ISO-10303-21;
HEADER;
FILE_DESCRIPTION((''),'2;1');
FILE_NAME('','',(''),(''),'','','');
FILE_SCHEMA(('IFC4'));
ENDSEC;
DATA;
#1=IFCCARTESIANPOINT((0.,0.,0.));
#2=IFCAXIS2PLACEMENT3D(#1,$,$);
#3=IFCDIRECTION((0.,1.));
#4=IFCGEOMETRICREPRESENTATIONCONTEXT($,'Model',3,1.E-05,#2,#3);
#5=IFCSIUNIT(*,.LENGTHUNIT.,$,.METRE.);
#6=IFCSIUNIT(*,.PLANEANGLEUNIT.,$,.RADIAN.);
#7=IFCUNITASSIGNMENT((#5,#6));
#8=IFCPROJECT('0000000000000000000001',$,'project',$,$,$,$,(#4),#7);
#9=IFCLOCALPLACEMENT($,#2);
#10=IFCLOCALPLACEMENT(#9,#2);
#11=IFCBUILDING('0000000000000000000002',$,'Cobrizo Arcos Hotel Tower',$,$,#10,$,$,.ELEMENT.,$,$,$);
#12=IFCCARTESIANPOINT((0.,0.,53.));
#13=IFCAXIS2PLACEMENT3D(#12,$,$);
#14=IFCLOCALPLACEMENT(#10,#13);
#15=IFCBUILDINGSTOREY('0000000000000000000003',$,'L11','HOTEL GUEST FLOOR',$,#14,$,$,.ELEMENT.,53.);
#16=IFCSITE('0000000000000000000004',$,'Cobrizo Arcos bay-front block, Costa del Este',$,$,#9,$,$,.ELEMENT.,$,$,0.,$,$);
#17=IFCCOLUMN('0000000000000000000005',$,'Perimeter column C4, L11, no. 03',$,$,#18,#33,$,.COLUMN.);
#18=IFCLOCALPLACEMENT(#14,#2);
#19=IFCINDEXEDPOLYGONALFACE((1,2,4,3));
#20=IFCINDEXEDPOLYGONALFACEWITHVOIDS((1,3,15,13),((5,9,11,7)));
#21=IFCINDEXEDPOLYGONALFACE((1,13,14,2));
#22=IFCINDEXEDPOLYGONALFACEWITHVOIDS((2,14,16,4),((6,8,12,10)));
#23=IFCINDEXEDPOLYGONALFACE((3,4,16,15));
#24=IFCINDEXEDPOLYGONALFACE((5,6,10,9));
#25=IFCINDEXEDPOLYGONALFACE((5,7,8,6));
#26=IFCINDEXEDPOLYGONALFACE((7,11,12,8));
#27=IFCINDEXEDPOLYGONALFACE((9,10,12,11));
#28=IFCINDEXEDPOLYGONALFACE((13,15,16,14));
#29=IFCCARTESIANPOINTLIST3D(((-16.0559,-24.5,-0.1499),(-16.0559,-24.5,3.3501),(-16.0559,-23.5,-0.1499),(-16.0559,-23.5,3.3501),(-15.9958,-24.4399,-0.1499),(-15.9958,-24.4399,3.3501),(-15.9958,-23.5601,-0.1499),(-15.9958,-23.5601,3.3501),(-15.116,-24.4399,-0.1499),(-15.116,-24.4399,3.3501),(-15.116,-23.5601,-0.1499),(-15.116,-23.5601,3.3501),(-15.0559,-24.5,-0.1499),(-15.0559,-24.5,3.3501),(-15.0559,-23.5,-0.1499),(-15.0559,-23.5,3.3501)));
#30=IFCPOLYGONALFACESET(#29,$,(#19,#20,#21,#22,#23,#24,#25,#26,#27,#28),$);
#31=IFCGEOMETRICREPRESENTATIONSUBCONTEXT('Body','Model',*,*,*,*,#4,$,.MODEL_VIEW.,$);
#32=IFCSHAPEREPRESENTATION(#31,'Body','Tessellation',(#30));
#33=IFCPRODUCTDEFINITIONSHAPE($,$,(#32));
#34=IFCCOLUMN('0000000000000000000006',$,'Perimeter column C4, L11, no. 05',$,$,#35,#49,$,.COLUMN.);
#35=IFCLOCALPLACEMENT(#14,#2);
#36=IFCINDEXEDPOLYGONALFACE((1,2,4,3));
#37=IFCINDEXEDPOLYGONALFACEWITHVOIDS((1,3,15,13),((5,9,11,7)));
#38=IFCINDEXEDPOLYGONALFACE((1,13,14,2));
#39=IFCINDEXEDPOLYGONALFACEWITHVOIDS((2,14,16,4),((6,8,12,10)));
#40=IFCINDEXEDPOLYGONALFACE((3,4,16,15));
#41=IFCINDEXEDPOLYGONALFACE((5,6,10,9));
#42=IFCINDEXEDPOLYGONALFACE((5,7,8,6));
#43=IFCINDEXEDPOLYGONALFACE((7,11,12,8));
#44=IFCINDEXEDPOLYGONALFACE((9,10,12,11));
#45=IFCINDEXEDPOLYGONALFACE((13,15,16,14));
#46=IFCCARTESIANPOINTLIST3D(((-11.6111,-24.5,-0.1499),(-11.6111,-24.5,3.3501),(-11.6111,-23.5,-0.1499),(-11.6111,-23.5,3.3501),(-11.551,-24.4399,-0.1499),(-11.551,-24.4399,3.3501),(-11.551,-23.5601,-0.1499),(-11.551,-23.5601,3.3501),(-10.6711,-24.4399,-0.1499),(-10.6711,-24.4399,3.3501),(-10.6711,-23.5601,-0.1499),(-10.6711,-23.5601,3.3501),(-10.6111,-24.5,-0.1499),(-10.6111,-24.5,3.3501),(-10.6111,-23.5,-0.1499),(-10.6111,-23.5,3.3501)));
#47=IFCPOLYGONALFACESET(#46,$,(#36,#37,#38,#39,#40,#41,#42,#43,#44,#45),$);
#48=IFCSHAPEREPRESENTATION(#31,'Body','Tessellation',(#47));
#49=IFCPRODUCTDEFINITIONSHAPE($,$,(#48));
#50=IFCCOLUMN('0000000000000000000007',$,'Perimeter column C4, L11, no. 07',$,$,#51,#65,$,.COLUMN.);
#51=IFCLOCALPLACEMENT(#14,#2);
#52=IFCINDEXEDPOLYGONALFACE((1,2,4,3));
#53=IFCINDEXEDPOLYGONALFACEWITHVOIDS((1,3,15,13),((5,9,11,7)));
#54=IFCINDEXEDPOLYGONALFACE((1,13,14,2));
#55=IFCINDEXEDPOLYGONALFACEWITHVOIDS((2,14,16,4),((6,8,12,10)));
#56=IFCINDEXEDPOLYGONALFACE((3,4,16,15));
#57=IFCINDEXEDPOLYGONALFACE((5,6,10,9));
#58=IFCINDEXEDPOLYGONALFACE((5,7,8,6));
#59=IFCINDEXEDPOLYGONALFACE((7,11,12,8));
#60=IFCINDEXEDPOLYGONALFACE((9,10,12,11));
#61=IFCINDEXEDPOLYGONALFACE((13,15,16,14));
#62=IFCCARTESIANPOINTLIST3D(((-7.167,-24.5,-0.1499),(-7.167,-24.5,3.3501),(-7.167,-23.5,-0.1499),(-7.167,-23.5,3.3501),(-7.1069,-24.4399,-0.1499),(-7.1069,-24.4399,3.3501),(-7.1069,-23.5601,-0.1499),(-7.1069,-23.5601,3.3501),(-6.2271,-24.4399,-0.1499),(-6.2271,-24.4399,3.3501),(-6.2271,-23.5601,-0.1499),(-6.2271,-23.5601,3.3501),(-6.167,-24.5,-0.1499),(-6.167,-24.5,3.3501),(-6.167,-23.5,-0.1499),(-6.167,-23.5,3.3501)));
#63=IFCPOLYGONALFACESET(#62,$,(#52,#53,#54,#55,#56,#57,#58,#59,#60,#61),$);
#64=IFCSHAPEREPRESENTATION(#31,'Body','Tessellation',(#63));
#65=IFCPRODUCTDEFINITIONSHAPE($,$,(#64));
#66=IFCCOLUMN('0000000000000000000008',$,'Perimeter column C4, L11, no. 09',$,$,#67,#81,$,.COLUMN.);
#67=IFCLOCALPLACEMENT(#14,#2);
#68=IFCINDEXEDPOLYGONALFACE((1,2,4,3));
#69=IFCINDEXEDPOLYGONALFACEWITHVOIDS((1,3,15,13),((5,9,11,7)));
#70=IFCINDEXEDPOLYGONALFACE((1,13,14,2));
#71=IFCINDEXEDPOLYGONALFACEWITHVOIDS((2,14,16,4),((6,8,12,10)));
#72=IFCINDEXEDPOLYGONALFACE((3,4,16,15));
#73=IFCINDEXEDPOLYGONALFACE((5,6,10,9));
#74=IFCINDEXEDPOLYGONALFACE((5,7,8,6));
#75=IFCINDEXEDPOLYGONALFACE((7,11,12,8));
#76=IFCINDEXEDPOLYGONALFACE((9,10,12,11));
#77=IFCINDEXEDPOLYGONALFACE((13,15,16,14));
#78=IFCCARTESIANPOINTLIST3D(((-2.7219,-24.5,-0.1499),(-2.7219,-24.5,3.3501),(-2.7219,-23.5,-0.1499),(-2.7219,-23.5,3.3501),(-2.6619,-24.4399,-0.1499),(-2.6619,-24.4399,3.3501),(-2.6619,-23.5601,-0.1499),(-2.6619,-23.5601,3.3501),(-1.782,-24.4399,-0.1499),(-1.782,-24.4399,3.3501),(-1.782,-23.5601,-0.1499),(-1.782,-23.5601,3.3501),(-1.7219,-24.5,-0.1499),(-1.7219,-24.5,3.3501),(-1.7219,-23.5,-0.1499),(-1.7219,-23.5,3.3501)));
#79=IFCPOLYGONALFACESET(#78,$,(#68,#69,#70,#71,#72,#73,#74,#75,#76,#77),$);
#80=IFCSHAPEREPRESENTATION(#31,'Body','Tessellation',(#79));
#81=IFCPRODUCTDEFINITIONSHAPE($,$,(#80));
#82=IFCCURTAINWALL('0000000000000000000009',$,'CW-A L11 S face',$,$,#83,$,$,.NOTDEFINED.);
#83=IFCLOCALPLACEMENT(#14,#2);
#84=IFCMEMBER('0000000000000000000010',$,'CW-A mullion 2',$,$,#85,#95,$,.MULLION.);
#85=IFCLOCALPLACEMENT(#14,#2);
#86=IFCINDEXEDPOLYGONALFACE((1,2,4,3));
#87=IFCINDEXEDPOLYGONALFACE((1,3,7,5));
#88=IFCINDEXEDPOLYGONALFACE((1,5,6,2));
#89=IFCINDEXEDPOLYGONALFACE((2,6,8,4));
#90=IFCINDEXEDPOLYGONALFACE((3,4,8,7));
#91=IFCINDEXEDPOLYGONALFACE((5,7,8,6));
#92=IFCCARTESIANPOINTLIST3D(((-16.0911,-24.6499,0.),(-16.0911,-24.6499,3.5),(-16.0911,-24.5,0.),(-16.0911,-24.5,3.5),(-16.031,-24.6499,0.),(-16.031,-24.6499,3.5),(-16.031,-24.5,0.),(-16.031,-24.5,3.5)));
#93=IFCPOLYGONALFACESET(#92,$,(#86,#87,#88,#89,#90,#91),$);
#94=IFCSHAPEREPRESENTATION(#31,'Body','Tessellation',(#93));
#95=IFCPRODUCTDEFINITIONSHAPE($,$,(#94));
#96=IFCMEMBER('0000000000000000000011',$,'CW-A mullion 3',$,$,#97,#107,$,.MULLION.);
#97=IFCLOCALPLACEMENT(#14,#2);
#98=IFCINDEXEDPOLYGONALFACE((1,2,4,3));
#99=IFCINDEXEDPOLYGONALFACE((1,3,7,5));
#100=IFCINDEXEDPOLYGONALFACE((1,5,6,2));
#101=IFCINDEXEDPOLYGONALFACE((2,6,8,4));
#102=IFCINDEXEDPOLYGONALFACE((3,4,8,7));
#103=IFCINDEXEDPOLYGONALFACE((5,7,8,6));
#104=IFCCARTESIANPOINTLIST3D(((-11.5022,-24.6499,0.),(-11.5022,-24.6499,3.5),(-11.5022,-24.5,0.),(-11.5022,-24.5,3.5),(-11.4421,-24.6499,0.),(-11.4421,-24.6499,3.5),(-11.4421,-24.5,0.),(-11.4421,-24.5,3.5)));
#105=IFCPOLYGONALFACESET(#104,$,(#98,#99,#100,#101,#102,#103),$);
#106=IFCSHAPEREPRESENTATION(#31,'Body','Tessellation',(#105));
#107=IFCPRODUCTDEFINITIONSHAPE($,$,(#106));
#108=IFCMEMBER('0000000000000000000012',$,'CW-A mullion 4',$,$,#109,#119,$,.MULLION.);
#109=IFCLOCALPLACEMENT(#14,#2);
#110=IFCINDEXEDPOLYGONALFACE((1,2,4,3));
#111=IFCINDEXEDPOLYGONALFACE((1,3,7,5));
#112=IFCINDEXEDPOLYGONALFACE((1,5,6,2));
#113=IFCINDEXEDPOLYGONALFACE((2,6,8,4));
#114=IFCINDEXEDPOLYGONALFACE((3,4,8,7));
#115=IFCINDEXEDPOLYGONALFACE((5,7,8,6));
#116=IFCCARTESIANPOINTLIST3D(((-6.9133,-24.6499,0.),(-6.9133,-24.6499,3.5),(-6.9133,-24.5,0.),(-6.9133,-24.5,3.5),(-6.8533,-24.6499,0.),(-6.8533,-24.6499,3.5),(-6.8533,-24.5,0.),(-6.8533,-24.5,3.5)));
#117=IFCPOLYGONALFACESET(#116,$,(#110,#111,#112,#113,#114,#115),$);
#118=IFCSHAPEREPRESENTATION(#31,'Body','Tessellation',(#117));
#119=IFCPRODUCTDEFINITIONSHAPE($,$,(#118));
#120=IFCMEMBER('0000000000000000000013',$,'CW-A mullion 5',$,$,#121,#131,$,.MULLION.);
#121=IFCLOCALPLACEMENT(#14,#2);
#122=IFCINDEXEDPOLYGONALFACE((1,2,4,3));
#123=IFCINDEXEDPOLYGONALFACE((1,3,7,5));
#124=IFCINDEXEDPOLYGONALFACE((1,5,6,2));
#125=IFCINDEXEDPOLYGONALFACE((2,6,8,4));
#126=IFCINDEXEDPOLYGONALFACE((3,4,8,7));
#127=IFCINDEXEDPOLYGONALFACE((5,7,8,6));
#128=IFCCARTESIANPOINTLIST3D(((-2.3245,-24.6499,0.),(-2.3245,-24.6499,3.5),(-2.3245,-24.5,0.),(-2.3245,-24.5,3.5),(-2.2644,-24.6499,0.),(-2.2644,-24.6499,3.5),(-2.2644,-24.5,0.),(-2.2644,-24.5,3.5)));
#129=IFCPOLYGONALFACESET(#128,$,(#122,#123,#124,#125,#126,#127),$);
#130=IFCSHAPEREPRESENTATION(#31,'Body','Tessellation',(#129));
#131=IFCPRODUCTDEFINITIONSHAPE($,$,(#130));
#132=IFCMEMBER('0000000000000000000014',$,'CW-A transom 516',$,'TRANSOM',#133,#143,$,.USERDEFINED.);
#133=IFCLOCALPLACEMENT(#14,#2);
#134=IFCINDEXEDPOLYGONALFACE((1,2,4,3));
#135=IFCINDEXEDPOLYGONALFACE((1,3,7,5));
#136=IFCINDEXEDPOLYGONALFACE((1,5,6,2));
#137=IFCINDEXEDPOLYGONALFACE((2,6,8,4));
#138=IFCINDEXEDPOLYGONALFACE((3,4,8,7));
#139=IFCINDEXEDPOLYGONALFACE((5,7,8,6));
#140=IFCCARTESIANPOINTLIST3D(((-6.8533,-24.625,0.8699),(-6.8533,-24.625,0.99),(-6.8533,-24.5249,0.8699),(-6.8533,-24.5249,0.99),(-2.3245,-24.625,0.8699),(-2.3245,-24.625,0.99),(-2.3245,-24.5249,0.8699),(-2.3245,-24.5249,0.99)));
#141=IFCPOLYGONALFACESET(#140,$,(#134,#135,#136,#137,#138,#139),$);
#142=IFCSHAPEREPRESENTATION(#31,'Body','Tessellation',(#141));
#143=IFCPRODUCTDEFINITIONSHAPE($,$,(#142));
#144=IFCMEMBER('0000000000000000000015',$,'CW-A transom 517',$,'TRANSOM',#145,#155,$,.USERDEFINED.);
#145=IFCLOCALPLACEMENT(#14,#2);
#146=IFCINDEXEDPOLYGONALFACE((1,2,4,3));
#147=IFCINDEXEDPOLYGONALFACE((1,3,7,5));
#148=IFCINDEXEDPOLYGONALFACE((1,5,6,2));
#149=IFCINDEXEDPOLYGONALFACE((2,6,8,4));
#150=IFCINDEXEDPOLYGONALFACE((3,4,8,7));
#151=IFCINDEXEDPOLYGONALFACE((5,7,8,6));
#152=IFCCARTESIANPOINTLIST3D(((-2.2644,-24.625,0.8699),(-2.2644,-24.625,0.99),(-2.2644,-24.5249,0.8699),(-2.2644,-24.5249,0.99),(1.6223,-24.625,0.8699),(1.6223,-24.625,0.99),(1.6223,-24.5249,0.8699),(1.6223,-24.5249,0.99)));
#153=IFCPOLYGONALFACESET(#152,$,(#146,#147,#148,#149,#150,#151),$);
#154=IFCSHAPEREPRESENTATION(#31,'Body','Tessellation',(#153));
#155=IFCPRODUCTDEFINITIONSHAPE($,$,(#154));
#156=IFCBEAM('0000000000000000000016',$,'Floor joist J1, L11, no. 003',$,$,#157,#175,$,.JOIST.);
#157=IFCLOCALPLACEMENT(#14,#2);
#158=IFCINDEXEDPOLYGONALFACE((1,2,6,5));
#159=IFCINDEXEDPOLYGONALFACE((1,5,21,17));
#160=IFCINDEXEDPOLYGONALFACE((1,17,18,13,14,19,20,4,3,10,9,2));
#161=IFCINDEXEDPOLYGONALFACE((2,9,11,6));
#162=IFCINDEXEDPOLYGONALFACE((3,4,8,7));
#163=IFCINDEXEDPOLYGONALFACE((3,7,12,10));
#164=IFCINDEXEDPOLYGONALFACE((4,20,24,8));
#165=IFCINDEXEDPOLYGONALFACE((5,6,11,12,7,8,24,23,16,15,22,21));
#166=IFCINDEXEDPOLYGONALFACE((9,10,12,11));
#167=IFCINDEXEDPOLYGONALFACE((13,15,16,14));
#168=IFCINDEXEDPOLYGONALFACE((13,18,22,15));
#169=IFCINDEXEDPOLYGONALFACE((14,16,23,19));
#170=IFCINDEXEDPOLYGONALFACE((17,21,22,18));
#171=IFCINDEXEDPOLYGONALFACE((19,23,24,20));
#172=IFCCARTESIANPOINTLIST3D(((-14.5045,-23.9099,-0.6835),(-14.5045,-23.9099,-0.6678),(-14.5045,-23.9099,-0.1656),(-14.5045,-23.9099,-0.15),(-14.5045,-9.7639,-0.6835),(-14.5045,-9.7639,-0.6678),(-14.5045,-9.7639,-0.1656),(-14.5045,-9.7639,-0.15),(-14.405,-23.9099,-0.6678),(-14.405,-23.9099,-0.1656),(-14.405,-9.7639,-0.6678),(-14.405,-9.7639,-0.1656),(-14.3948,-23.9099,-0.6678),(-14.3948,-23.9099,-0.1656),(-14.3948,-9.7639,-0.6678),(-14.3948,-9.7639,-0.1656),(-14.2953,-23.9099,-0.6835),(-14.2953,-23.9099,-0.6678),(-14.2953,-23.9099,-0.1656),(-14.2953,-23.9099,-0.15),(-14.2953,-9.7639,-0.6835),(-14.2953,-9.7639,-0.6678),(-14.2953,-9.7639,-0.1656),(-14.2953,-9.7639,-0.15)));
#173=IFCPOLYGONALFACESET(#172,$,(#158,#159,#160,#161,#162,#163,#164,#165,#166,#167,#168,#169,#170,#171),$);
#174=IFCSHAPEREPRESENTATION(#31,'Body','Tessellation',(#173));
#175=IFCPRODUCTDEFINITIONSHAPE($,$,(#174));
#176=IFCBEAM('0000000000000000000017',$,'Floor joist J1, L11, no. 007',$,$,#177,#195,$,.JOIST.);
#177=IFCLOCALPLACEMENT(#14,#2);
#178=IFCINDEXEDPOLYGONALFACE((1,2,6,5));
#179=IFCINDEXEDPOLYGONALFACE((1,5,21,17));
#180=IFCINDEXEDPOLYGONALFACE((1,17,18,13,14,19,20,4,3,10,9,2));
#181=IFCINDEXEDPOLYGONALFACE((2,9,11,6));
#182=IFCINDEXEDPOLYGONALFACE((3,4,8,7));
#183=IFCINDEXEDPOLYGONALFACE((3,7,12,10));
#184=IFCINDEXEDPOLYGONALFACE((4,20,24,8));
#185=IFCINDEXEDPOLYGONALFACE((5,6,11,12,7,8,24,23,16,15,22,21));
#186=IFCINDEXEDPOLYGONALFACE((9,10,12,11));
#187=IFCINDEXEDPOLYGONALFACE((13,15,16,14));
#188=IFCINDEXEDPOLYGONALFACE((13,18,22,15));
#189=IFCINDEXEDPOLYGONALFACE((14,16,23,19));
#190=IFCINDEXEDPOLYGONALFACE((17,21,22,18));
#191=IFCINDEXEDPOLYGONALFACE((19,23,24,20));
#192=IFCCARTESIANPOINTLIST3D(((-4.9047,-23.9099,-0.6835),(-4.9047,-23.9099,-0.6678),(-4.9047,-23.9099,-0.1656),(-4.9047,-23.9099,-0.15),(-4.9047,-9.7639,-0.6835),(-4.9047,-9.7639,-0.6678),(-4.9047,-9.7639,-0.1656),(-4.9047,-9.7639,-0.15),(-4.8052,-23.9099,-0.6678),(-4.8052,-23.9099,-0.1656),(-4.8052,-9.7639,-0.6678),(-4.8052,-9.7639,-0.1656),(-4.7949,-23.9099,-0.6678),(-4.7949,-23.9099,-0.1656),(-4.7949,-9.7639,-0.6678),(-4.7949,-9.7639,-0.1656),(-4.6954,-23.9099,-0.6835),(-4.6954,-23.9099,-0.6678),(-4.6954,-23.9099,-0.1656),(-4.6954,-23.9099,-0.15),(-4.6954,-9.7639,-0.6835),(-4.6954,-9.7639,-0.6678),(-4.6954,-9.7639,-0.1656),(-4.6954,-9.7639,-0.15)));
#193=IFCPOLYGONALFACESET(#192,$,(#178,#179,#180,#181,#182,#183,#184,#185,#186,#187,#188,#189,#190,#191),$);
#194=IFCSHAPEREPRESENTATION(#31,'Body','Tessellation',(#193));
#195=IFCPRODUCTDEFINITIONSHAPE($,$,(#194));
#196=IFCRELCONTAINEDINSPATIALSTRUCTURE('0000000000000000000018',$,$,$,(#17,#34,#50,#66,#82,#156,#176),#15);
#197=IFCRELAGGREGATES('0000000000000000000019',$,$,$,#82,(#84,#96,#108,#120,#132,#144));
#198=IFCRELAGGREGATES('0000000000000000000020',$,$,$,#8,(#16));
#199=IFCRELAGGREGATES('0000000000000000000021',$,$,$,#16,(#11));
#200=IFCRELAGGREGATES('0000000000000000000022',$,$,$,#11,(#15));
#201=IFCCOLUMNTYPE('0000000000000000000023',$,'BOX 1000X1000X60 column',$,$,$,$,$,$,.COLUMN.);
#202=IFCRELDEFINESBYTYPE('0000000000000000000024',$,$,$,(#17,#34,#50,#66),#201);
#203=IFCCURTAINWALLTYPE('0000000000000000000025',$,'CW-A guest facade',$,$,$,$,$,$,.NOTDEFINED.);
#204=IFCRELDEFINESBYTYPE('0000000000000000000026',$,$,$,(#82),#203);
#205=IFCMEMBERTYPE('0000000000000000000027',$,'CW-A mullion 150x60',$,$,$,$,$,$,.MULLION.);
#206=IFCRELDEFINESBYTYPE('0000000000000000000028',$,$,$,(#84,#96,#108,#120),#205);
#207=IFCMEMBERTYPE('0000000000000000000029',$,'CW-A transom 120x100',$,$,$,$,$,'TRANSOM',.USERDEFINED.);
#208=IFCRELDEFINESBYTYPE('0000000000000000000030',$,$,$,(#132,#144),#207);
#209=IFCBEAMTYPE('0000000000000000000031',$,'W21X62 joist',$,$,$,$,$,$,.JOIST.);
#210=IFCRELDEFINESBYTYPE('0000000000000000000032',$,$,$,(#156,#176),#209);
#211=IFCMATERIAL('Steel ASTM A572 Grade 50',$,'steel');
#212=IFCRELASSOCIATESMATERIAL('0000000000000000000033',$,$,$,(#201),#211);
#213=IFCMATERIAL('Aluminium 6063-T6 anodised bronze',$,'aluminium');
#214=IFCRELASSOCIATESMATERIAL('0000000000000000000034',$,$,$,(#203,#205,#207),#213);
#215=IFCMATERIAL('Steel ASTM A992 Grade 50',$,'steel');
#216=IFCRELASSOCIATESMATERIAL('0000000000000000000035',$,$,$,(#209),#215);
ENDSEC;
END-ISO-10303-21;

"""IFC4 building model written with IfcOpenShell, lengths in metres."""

from ifc_helpers import new_model, si_unit, direction, frame, origin, origin_2d, place, context, subcontext, project, spatial, rectangle, hollow_rectangle, i_section, extrude, material, material_profile, profile_set, type_object, element, aggregate, save


model = new_model("IFC4")

# Units and contexts
model_context = context("Model", 3, precision=1e-05, world=origin(), true_north=direction((0.0, 1.0)))
body_context = subcontext(model_context, "Body", "Model", "MODEL_VIEW")
ifc_project = project(units=[si_unit("LENGTHUNIT", "METRE"), si_unit("PLANEANGLEUNIT", "RADIAN")], contexts=[model_context])

# Site, building, storey
site_placement = place(None, origin())
site = spatial("IfcSite", under=ifc_project, at=site_placement, Name="Cobrizo Arcos bay-front block, Costa del Este", CompositionType="ELEMENT", RefElevation=0.0)
building_placement = place(site_placement, origin())
building = spatial("IfcBuilding", under=site, at=building_placement, Name="Cobrizo Arcos Hotel Tower", CompositionType="ELEMENT")
storey_placement = place(building_placement, frame((0.0, 0.0, 53.0)))
storey = spatial("IfcBuildingStorey", under=building, at=storey_placement, Name="L11", Description="HOTEL GUEST FLOOR", CompositionType="ELEMENT", Elevation=53.0)

# Columns
ifc_material_1 = material(Name="Steel ASTM A572 Grade 50", Category="steel")
ifc_material_profile_1 = material_profile(ifc_material_1, hollow_rectangle(XDim=1.0, YDim=1.0, WallThickness=0.0601, at=origin_2d()), Name="BOX 1000X1000X60")
ifc_profile_set_1 = profile_set([ifc_material_profile_1], Name="Steel ASTM A572 Grade 50")
column_type = type_object("IfcColumnType", Name="BOX 1000X1000X60 column", PredefinedType="COLUMN", material=ifc_profile_set_1)
for number, where, z_axis, x_axis, name in (
    (1, (-15.5559, -24.0, -0.1499), (0.0, 0.0, 1.0), (1.0, 0.0, 0.0), "Perimeter column C4, L11, no. 03"),
    (2, (-11.1111, -24.0, -0.1499), (0.0, 0.0, 1.0), (1.0, 0.0, 0.0), "Perimeter column C4, L11, no. 05"),
    (3, (-6.667, -24.0, -0.1499), (0.0, 0.0, 1.0), (1.0, 0.0, 0.0), "Perimeter column C4, L11, no. 07"),
    (4, (-2.2219, -24.0, -0.1499), (0.0, 0.0, 1.0), (1.0, 0.0, 0.0), "Perimeter column C4, L11, no. 09"),
):
    element("IfcColumn", number, at=place(storey_placement, frame(where, z_axis=z_axis, x_axis=x_axis)), inside=storey, type_object=column_type, Name=name, PredefinedType="COLUMN", context=body_context, shape_type="SweptSolid", body=[
        extrude(hollow_rectangle(XDim=1.0, YDim=1.0, WallThickness=0.0601, at=origin_2d()), origin(), (0.0, 0.0, 1.0), 3.5),
    ])

# Curtain wall, members
ifc_material_2 = material(Name="Aluminium 6063-T6 anodised bronze", Category="aluminium")
curtain_wall_type = type_object("IfcCurtainWallType", Name="CW-A guest facade", PredefinedType="NOTDEFINED", material=ifc_material_2)
curtain_wall_placement = place(storey_placement, origin())
curtain_wall = element("IfcCurtainWall", 5, at=curtain_wall_placement, inside=storey, type_object=curtain_wall_type, Name="CW-A L11 S face", PredefinedType="NOTDEFINED")
ifc_material_profile_2 = material_profile(ifc_material_2, rectangle(XDim=0.1499, YDim=0.0601, at=origin_2d()), Name="CW-A mullion 150x60")
ifc_profile_set_2 = profile_set([ifc_material_profile_2], Name="Aluminium 6063-T6 anodised bronze")
member_type_1 = type_object("IfcMemberType", Name="CW-A mullion 150x60", PredefinedType="MULLION", material=ifc_profile_set_2)
member_1_placement = place(storey_placement, frame((-16.061, -24.575, 0.0), z_axis=(0.0, 0.0, 1.0), x_axis=(0.0, -1.0, 0.0)))
member_1 = element("IfcMember", 6, at=member_1_placement, type_object=member_type_1, Name="CW-A mullion 2", PredefinedType="MULLION", context=body_context, shape_type="SweptSolid", body=[
    extrude(rectangle(XDim=0.1499, YDim=0.0601, at=origin_2d()), origin(), (0.0, 0.0, 1.0), 3.5),
])
member_2_placement = place(storey_placement, frame((-11.4722, -24.575, 0.0), z_axis=(0.0, 0.0, 1.0), x_axis=(0.0, -1.0, 0.0)))
member_2 = element("IfcMember", 7, at=member_2_placement, type_object=member_type_1, Name="CW-A mullion 3", PredefinedType="MULLION", context=body_context, shape_type="SweptSolid", body=[
    extrude(rectangle(XDim=0.1499, YDim=0.0601, at=origin_2d()), origin(), (0.0, 0.0, 1.0), 3.5),
])
member_3_placement = place(storey_placement, frame((-6.8833, -24.575, 0.0), z_axis=(0.0, 0.0, 1.0), x_axis=(0.0, -1.0, 0.0)))
member_3 = element("IfcMember", 8, at=member_3_placement, type_object=member_type_1, Name="CW-A mullion 4", PredefinedType="MULLION", context=body_context, shape_type="SweptSolid", body=[
    extrude(rectangle(XDim=0.1499, YDim=0.0601, at=origin_2d()), origin(), (0.0, 0.0, 1.0), 3.5),
])
member_4_placement = place(storey_placement, frame((-2.2944, -24.575, 0.0), z_axis=(0.0, 0.0, 1.0), x_axis=(0.0, -1.0, 0.0)))
member_4 = element("IfcMember", 9, at=member_4_placement, type_object=member_type_1, Name="CW-A mullion 5", PredefinedType="MULLION", context=body_context, shape_type="SweptSolid", body=[
    extrude(rectangle(XDim=0.1499, YDim=0.0601, at=origin_2d()), origin(), (0.0, 0.0, 1.0), 3.5),
])
ifc_material_profile_3 = material_profile(ifc_material_2, rectangle(XDim=0.1001, YDim=0.1201, at=origin_2d()), Name="CW-A transom 120x100")
ifc_profile_set_3 = profile_set([ifc_material_profile_3], Name="Aluminium 6063-T6 anodised bronze")
member_type_2 = type_object("IfcMemberType", Name="CW-A transom 120x100", ElementType="TRANSOM", PredefinedType="USERDEFINED", material=ifc_profile_set_3)
member_5_placement = place(storey_placement, frame((-6.8533, -24.575, 0.9299), z_axis=(1.0, 0.0, 0.0), x_axis=(0.0, 1.0, 0.0)))
member_5 = element("IfcMember", 10, at=member_5_placement, type_object=member_type_2, Name="CW-A transom 516", ObjectType="TRANSOM", PredefinedType="USERDEFINED", context=body_context, shape_type="SweptSolid", body=[
    extrude(rectangle(XDim=0.1001, YDim=0.1201, at=origin_2d()), origin(), (0.0, 0.0, 1.0), 4.5288),
])
member_6_placement = place(storey_placement, frame((-2.2644, -24.575, 0.9299), z_axis=(1.0, 0.0, 0.0), x_axis=(0.0, 1.0, 0.0)))
member_6 = element("IfcMember", 11, at=member_6_placement, type_object=member_type_2, Name="CW-A transom 517", ObjectType="TRANSOM", PredefinedType="USERDEFINED", context=body_context, shape_type="SweptSolid", body=[
    extrude(rectangle(XDim=0.1001, YDim=0.1201, at=origin_2d()), origin(), (0.0, 0.0, 1.0), 3.8867),
])

# Beams
ifc_material_3 = material(Name="Steel ASTM A992 Grade 50", Category="steel")
ifc_material_profile_4 = material_profile(ifc_material_3, i_section(OverallWidth=0.2092, OverallDepth=0.5334, WebThickness=0.0103, FlangeThickness=0.0156, at=origin_2d()), Name="W21X62")
ifc_profile_set_4 = profile_set([ifc_material_profile_4], Name="Steel ASTM A992 Grade 50")
beam_type_1 = type_object("IfcBeamType", Name="W21X62 joist", PredefinedType="JOIST", material=ifc_profile_set_4)
for number, where, z_axis, x_axis, name in (
    (12, (-14.3999, -23.9099, -0.4167), (0.0, 1.0, 0.0), (-1.0, 0.0, 0.0), "Floor joist J1, L11, no. 003"),
    (13, (-4.8, -23.9099, -0.4167), (0.0, 1.0, 0.0), (-1.0, 0.0, 0.0), "Floor joist J1, L11, no. 007"),
):
    element("IfcBeam", number, at=place(storey_placement, frame(where, z_axis=z_axis, x_axis=x_axis)), inside=storey, type_object=beam_type_1, Name=name, PredefinedType="JOIST", context=body_context, shape_type="SweptSolid", body=[
        extrude(i_section(OverallWidth=0.2092, OverallDepth=0.5334, WebThickness=0.0103, FlangeThickness=0.0156, at=origin_2d()), origin(), (0.0, 0.0, 1.0), 14.146),
    ])

aggregate(curtain_wall, [member_1, member_2, member_3, member_4, member_5, member_6])

save(model, "model.ifc")
